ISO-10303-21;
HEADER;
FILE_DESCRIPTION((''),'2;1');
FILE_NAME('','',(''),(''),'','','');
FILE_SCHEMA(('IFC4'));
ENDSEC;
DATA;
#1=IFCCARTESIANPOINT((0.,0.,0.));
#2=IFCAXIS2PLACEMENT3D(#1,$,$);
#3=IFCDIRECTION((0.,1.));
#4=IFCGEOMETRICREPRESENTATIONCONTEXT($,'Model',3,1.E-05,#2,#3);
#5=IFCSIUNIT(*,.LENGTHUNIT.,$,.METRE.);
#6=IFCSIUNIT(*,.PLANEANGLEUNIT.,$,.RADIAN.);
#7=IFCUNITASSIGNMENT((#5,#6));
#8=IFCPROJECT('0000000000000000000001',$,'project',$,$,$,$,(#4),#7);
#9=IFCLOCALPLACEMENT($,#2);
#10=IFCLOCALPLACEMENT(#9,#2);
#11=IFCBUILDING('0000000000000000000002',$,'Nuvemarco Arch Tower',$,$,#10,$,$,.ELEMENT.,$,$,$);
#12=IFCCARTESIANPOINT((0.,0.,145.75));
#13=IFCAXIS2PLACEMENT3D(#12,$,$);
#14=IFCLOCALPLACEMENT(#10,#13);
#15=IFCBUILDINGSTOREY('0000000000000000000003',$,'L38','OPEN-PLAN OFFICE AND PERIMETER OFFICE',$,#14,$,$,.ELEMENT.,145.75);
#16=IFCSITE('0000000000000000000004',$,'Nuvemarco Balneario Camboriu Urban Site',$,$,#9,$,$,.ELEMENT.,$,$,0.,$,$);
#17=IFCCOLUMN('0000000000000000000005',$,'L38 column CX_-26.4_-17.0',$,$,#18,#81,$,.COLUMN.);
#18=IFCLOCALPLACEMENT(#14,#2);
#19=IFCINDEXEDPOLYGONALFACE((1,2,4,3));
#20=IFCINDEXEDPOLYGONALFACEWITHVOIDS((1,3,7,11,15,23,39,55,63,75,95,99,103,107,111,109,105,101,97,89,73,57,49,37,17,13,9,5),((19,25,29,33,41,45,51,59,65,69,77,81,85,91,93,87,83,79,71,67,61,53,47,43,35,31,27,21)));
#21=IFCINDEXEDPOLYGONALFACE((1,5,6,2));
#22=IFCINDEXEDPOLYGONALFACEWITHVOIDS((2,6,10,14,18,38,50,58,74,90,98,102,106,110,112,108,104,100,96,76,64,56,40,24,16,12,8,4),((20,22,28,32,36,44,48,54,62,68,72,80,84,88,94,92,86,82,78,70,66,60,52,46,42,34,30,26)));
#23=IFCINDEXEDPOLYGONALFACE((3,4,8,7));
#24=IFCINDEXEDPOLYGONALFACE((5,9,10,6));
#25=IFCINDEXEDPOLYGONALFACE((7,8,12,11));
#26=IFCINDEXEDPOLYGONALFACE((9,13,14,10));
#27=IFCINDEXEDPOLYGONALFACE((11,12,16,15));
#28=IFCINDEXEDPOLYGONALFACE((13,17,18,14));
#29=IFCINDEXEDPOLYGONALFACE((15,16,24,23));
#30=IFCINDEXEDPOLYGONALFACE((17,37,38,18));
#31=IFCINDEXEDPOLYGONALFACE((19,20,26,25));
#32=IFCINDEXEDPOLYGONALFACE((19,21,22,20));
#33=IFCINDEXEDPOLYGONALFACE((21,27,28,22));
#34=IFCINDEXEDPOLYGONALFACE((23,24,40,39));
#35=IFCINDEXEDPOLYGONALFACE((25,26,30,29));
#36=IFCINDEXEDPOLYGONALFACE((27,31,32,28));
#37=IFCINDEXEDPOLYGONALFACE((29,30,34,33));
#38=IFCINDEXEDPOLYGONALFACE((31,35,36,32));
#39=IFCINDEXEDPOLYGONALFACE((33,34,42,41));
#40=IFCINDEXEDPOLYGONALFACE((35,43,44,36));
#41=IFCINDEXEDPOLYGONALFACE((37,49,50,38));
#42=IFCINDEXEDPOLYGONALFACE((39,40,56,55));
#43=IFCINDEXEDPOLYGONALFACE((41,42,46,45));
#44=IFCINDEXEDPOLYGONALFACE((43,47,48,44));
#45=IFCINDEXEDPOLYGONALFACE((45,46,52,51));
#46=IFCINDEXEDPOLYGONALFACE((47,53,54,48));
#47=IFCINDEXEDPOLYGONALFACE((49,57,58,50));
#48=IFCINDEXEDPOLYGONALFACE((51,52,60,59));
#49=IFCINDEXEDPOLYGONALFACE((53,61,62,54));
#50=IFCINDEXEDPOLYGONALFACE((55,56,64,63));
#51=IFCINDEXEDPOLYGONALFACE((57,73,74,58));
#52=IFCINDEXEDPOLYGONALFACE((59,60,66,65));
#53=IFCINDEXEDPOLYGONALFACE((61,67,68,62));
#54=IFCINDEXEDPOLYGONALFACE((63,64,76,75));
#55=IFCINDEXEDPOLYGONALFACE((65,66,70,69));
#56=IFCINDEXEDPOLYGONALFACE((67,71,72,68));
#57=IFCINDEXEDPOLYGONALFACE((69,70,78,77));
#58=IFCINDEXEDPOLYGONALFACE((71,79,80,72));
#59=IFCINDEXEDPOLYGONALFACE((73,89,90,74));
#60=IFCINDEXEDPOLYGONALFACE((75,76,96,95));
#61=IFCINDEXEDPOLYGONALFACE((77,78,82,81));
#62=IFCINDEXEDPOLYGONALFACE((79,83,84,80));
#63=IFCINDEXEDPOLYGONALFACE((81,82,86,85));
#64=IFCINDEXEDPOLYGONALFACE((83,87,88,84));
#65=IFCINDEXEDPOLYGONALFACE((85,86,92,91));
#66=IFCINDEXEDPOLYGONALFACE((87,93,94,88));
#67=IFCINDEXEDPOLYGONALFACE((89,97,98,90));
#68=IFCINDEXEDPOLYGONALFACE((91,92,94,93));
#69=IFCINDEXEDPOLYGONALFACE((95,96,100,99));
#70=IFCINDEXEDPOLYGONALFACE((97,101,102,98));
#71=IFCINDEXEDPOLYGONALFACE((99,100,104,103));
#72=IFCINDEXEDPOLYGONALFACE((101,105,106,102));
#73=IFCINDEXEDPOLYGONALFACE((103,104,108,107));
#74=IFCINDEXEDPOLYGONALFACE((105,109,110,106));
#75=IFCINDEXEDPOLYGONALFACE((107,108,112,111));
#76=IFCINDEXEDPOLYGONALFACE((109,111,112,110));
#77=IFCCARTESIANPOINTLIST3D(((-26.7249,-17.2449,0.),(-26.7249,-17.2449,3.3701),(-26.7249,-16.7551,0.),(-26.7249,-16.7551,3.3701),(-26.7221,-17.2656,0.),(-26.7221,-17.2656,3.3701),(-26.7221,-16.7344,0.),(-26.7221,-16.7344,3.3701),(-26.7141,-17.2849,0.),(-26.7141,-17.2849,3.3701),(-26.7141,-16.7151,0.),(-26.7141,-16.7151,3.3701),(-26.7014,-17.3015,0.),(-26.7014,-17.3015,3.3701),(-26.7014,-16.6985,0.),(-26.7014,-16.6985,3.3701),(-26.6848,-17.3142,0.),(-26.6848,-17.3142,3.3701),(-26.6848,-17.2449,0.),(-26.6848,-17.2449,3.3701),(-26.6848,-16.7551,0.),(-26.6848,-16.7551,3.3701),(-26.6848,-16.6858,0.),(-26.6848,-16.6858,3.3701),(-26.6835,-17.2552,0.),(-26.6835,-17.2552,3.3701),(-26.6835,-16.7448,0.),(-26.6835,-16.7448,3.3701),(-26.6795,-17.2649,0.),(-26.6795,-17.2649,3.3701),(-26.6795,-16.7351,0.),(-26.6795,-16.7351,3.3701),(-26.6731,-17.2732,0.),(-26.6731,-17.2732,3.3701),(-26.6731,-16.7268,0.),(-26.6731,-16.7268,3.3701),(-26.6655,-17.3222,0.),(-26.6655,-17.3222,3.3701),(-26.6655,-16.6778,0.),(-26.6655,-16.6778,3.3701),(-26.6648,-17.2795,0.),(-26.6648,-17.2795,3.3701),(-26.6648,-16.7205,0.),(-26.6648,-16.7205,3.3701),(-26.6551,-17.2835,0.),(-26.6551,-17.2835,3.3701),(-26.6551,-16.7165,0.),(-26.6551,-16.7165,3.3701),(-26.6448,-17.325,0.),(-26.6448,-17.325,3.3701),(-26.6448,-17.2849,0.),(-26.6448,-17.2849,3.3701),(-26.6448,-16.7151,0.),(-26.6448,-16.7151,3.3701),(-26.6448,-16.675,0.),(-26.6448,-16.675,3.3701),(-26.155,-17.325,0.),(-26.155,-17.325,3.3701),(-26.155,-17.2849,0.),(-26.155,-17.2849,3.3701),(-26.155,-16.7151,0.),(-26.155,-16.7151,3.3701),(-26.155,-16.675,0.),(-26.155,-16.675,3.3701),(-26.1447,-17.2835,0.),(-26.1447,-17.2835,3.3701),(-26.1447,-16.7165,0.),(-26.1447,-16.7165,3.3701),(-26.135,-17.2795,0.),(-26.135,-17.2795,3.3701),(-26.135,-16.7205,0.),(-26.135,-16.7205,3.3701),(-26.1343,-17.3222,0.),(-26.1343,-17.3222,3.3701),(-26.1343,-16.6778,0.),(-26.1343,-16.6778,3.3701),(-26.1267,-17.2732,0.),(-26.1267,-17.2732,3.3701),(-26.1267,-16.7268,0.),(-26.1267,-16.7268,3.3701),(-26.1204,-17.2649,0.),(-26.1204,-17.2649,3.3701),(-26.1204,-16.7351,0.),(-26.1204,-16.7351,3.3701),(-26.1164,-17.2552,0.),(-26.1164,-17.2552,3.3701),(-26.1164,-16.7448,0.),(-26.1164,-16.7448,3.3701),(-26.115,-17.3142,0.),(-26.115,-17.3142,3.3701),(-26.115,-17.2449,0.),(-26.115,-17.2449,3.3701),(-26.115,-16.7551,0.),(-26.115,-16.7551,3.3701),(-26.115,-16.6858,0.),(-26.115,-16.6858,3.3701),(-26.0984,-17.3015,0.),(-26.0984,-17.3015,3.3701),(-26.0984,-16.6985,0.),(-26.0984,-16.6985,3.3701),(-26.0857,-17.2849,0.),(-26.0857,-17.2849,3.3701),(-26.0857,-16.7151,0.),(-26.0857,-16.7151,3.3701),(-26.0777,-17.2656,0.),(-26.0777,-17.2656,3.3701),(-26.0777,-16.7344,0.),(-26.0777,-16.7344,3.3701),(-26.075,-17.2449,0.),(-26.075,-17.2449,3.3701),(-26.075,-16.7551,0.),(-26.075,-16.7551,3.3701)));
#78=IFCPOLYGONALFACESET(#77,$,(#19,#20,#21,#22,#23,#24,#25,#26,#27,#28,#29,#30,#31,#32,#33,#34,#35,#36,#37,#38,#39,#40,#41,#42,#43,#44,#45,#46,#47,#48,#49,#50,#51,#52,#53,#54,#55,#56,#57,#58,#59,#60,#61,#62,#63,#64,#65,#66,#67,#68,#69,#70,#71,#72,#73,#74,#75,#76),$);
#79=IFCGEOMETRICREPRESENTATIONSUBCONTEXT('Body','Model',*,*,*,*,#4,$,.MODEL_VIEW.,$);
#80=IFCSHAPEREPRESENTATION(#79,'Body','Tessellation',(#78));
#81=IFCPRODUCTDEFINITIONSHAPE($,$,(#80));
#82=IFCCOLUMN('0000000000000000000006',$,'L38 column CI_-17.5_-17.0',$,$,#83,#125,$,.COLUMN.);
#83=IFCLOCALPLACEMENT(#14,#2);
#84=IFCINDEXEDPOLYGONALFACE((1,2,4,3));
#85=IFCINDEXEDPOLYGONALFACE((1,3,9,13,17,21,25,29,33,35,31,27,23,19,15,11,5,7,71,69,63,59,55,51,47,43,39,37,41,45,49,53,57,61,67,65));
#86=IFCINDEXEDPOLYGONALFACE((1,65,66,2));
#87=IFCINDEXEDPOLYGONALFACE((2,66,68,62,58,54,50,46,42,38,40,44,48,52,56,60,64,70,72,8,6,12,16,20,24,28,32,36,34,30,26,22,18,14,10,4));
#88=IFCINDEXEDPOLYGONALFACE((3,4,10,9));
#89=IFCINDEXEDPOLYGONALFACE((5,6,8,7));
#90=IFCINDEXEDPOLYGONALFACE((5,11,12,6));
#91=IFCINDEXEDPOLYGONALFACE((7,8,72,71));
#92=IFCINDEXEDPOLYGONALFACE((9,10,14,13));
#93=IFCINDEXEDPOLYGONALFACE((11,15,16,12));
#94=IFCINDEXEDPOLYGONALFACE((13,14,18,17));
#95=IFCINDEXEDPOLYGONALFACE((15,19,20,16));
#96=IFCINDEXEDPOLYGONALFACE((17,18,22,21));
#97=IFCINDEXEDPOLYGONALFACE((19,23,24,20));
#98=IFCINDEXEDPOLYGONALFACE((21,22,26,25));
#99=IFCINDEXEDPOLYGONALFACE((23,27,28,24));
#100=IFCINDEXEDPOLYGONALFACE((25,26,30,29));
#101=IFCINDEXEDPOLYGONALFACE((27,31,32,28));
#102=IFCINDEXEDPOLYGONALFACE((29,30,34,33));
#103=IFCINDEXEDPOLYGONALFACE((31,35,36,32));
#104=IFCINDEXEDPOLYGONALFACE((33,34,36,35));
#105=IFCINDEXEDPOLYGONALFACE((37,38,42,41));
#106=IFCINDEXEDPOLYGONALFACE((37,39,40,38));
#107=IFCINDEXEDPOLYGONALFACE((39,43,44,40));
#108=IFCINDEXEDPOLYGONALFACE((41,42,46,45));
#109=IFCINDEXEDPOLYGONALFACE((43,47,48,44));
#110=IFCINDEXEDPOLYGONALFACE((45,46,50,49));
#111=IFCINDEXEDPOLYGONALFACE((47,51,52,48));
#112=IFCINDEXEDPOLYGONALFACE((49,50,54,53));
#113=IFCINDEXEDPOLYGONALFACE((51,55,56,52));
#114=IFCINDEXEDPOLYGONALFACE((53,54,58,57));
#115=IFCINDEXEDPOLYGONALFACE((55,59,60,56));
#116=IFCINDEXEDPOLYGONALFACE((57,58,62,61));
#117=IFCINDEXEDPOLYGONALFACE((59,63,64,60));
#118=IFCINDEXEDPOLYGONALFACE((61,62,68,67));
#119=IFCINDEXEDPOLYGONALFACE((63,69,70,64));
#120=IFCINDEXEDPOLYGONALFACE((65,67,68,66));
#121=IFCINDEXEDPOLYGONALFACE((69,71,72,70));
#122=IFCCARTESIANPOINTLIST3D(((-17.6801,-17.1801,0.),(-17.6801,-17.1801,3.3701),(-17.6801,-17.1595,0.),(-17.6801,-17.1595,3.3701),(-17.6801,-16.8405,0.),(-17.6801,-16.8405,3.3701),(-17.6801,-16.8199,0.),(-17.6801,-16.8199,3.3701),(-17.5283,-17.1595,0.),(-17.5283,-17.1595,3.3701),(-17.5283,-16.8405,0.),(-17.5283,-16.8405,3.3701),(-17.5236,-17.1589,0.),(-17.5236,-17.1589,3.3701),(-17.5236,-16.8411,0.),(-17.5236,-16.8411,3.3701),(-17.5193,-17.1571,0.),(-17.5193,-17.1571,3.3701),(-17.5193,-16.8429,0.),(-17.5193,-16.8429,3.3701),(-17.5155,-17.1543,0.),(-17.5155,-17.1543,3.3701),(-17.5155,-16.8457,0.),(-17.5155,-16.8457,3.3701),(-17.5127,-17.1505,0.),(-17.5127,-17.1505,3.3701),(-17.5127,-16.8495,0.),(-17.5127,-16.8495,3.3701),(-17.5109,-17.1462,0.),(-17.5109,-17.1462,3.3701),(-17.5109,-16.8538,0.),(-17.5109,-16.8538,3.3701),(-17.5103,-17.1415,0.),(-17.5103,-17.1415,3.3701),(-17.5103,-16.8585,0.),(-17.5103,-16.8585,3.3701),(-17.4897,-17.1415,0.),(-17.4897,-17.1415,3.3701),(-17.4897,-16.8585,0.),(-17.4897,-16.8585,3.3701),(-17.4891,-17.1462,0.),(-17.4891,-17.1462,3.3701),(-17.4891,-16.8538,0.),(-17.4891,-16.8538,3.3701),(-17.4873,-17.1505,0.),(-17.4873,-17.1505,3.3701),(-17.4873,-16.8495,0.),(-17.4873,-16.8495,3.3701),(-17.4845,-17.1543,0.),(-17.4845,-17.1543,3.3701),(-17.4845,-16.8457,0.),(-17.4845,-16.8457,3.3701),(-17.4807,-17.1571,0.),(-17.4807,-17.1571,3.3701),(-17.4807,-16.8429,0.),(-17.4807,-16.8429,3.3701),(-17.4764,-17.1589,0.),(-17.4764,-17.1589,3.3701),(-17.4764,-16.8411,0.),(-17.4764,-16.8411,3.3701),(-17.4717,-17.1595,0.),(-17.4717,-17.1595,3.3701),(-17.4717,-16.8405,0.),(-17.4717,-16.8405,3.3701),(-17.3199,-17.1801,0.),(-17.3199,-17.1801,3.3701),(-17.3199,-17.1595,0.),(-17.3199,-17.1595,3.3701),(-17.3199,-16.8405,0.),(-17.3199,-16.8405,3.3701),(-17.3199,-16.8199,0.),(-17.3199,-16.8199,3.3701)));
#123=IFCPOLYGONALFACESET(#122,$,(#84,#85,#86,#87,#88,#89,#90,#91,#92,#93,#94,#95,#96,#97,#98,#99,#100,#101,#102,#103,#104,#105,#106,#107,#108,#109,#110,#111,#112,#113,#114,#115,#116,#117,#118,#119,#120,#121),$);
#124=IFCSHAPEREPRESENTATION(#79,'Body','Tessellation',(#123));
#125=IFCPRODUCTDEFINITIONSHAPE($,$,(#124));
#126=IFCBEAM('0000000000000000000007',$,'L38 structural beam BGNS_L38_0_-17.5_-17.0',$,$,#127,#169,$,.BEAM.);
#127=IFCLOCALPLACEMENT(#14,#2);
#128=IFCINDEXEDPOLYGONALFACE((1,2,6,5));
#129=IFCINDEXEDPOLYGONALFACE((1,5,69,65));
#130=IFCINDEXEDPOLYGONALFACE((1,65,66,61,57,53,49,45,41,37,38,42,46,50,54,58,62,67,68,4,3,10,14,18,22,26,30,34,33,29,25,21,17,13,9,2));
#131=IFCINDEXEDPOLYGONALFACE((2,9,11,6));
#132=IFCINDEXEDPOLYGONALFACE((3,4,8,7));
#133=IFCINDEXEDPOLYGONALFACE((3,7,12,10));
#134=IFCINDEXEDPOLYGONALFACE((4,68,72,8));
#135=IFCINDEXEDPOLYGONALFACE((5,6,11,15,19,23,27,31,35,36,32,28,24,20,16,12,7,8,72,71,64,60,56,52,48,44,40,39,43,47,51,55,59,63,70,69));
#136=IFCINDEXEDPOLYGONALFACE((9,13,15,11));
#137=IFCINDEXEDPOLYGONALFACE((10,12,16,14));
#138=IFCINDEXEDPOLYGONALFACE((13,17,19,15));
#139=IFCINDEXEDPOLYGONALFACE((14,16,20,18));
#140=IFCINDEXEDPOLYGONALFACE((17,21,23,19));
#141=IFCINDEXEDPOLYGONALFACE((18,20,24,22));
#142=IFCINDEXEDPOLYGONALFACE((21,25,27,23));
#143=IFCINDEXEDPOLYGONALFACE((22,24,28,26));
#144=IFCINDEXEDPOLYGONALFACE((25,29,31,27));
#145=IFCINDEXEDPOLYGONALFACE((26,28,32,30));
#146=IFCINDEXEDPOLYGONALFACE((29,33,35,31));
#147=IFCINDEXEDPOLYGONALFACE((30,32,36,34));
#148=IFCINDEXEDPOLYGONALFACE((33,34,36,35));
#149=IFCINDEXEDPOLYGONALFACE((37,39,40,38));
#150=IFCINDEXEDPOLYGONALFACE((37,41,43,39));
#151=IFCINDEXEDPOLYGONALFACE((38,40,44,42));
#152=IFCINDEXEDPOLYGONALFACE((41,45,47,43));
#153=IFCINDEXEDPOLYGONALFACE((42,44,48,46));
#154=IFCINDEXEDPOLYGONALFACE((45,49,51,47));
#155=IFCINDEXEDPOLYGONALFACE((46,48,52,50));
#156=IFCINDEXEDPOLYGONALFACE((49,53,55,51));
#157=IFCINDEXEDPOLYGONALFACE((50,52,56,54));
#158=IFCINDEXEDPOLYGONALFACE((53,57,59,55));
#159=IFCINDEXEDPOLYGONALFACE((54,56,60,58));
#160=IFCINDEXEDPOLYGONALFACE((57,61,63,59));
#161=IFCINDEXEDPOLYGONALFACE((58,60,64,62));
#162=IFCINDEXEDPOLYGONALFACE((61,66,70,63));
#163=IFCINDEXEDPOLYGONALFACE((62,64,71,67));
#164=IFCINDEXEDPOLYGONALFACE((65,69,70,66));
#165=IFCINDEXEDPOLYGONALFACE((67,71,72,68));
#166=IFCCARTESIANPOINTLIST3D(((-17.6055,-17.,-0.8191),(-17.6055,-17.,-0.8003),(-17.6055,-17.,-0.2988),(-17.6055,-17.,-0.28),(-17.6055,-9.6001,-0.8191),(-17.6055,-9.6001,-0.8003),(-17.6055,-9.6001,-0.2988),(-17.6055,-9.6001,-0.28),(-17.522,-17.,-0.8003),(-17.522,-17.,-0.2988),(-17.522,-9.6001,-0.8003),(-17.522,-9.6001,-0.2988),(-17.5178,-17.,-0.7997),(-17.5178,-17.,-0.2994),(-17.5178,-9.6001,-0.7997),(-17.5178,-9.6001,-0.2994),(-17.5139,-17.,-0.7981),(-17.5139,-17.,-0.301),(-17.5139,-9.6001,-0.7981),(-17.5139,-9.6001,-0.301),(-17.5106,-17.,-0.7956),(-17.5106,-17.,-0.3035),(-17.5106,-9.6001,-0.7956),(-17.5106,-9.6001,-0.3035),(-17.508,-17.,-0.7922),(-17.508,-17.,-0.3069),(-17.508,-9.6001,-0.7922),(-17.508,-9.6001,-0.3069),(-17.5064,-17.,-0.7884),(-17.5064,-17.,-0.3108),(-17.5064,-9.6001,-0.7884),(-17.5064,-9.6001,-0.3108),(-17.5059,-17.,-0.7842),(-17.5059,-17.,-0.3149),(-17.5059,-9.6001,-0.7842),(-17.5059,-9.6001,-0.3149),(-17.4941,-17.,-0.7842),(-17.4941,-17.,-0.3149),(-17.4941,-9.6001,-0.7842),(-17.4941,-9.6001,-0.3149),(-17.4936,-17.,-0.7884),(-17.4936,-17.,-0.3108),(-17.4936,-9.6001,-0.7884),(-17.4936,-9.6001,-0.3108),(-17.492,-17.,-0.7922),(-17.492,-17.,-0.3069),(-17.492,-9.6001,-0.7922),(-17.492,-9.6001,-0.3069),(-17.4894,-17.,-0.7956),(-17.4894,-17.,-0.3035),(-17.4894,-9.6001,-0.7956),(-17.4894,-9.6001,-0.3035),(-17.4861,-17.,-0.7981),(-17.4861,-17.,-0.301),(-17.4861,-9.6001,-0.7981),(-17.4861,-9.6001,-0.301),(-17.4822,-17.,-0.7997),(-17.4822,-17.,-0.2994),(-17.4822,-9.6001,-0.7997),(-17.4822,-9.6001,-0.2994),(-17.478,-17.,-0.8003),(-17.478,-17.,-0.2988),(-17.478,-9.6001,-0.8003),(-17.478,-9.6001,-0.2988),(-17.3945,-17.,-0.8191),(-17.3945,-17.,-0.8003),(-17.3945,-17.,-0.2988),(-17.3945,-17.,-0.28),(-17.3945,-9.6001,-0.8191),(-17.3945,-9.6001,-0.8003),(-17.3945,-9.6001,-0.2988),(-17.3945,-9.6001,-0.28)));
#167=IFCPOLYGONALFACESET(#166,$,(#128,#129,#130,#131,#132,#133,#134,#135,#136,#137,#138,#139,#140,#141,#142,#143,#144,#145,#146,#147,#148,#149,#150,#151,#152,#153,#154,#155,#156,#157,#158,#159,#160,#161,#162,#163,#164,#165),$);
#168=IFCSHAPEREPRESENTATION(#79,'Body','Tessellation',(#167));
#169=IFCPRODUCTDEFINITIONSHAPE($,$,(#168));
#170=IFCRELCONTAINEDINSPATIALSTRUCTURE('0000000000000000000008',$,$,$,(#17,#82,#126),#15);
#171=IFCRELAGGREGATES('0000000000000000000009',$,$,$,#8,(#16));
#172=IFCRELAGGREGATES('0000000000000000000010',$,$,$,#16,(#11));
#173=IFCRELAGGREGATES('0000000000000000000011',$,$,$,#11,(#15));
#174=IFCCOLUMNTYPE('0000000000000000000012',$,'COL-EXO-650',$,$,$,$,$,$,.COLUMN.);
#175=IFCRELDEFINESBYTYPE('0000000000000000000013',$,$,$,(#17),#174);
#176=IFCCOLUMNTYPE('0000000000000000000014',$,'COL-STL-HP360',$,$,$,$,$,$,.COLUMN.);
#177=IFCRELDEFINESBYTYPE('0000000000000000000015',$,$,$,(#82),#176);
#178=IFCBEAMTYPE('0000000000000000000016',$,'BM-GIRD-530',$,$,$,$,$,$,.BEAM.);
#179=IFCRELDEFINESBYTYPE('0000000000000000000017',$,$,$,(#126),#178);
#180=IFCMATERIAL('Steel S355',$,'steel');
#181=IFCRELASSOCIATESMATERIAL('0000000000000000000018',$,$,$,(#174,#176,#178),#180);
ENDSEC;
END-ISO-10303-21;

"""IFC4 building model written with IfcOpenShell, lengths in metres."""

from ifc_helpers import new_model, si_unit, direction, frame, origin, origin_2d, place, context, subcontext, project, spatial, hollow_rectangle, i_section, extrude, material, material_profile, profile_set, type_object, element, save


model = new_model("IFC4")

# Units and contexts
model_context = context("Model", 3, precision=1e-05, world=origin(), true_north=direction((0.0, 1.0)))
body_context = subcontext(model_context, "Body", "Model", "MODEL_VIEW")
ifc_project = project(units=[si_unit("LENGTHUNIT", "METRE"), si_unit("PLANEANGLEUNIT", "RADIAN")], contexts=[model_context])

# Site, building, storey
site_placement = place(None, origin())
site = spatial("IfcSite", under=ifc_project, at=site_placement, Name="Nuvemarco Balneario Camboriu Urban Site", CompositionType="ELEMENT", RefElevation=0.0)
building_placement = place(site_placement, origin())
building = spatial("IfcBuilding", under=site, at=building_placement, Name="Nuvemarco Arch Tower", CompositionType="ELEMENT")
storey_placement = place(building_placement, frame((0.0, 0.0, 145.75)))
storey = spatial("IfcBuildingStorey", under=building, at=storey_placement, Name="L38", Description="OPEN-PLAN OFFICE AND PERIMETER OFFICE", CompositionType="ELEMENT", Elevation=145.75)

# Columns
ifc_material_1 = material(Name="Steel S355", Category="steel")
ifc_material_profile_1 = material_profile(ifc_material_1, hollow_rectangle(XDim=0.6499, YDim=0.6499, WallThickness=0.04, InnerFilletRadius=0.04, OuterFilletRadius=0.0801, at=origin_2d()), Name="SHS650x650x40")
ifc_profile_set_1 = profile_set([ifc_material_profile_1], Name="Steel S355")
column_type_1 = type_object("IfcColumnType", Name="COL-EXO-650", PredefinedType="COLUMN", material=ifc_profile_set_1)
column_1_placement = place(storey_placement, frame((-26.3999, -17.0, 0.0), z_axis=(0.0, 0.0, 1.0), x_axis=(1.0, 0.0, 0.0)))
element("IfcColumn", 1, at=column_1_placement, inside=storey, type_object=column_type_1, Name="L38 column CX_-26.4_-17.0", PredefinedType="COLUMN", context=body_context, shape_type="SweptSolid", body=[
    extrude(hollow_rectangle(XDim=0.6499, YDim=0.6499, WallThickness=0.04, InnerFilletRadius=0.04, OuterFilletRadius=0.0801, at=origin_2d()), origin(), (0.0, 0.0, 1.0), 3.3701),
])
ifc_material_profile_2 = material_profile(ifc_material_1, i_section(OverallWidth=0.3601, OverallDepth=0.3601, WebThickness=0.0205, FlangeThickness=0.0205, FilletRadius=0.0181, at=origin_2d()), Name="HP360x174")
ifc_profile_set_2 = profile_set([ifc_material_profile_2], Name="Steel S355")
column_type_2 = type_object("IfcColumnType", Name="COL-STL-HP360", PredefinedType="COLUMN", material=ifc_profile_set_2)
column_2_placement = place(storey_placement, frame((-17.5, -17.0, 0.0), z_axis=(0.0, 0.0, 1.0), x_axis=(1.0, 0.0, 0.0)))
element("IfcColumn", 2, at=column_2_placement, inside=storey, type_object=column_type_2, Name="L38 column CI_-17.5_-17.0", PredefinedType="COLUMN", context=body_context, shape_type="SweptSolid", body=[
    extrude(i_section(OverallWidth=0.3601, OverallDepth=0.3601, WebThickness=0.0205, FlangeThickness=0.0205, FilletRadius=0.0181, at=origin_2d()), origin(), (0.0, 0.0, 1.0), 3.3701),
])

# Beam
ifc_material_profile_3 = material_profile(ifc_material_1, i_section(OverallWidth=0.2109, OverallDepth=0.5391, WebThickness=0.0117, FlangeThickness=0.0188, FilletRadius=0.0161, at=origin_2d()), Name="W530x109")
ifc_profile_set_3 = profile_set([ifc_material_profile_3], Name="Steel S355")
beam_type_1 = type_object("IfcBeamType", Name="BM-GIRD-530", PredefinedType="BEAM", material=ifc_profile_set_3)
beam_1_placement = place(storey_placement, frame((-17.5, -17.0, -0.5496), z_axis=(0.0, 1.0, 0.0), x_axis=(-1.0, 0.0, 0.0)))
element("IfcBeam", 3, at=beam_1_placement, inside=storey, type_object=beam_type_1, Name="L38 structural beam BGNS_L38_0_-17.5_-17.0", PredefinedType="BEAM", context=body_context, shape_type="SweptSolid", body=[
    extrude(i_section(OverallWidth=0.2109, OverallDepth=0.5391, WebThickness=0.0117, FlangeThickness=0.0188, FilletRadius=0.0161, at=origin_2d()), origin(), (0.0, 0.0, 1.0), 7.3999),
])

save(model, "model.ifc")
